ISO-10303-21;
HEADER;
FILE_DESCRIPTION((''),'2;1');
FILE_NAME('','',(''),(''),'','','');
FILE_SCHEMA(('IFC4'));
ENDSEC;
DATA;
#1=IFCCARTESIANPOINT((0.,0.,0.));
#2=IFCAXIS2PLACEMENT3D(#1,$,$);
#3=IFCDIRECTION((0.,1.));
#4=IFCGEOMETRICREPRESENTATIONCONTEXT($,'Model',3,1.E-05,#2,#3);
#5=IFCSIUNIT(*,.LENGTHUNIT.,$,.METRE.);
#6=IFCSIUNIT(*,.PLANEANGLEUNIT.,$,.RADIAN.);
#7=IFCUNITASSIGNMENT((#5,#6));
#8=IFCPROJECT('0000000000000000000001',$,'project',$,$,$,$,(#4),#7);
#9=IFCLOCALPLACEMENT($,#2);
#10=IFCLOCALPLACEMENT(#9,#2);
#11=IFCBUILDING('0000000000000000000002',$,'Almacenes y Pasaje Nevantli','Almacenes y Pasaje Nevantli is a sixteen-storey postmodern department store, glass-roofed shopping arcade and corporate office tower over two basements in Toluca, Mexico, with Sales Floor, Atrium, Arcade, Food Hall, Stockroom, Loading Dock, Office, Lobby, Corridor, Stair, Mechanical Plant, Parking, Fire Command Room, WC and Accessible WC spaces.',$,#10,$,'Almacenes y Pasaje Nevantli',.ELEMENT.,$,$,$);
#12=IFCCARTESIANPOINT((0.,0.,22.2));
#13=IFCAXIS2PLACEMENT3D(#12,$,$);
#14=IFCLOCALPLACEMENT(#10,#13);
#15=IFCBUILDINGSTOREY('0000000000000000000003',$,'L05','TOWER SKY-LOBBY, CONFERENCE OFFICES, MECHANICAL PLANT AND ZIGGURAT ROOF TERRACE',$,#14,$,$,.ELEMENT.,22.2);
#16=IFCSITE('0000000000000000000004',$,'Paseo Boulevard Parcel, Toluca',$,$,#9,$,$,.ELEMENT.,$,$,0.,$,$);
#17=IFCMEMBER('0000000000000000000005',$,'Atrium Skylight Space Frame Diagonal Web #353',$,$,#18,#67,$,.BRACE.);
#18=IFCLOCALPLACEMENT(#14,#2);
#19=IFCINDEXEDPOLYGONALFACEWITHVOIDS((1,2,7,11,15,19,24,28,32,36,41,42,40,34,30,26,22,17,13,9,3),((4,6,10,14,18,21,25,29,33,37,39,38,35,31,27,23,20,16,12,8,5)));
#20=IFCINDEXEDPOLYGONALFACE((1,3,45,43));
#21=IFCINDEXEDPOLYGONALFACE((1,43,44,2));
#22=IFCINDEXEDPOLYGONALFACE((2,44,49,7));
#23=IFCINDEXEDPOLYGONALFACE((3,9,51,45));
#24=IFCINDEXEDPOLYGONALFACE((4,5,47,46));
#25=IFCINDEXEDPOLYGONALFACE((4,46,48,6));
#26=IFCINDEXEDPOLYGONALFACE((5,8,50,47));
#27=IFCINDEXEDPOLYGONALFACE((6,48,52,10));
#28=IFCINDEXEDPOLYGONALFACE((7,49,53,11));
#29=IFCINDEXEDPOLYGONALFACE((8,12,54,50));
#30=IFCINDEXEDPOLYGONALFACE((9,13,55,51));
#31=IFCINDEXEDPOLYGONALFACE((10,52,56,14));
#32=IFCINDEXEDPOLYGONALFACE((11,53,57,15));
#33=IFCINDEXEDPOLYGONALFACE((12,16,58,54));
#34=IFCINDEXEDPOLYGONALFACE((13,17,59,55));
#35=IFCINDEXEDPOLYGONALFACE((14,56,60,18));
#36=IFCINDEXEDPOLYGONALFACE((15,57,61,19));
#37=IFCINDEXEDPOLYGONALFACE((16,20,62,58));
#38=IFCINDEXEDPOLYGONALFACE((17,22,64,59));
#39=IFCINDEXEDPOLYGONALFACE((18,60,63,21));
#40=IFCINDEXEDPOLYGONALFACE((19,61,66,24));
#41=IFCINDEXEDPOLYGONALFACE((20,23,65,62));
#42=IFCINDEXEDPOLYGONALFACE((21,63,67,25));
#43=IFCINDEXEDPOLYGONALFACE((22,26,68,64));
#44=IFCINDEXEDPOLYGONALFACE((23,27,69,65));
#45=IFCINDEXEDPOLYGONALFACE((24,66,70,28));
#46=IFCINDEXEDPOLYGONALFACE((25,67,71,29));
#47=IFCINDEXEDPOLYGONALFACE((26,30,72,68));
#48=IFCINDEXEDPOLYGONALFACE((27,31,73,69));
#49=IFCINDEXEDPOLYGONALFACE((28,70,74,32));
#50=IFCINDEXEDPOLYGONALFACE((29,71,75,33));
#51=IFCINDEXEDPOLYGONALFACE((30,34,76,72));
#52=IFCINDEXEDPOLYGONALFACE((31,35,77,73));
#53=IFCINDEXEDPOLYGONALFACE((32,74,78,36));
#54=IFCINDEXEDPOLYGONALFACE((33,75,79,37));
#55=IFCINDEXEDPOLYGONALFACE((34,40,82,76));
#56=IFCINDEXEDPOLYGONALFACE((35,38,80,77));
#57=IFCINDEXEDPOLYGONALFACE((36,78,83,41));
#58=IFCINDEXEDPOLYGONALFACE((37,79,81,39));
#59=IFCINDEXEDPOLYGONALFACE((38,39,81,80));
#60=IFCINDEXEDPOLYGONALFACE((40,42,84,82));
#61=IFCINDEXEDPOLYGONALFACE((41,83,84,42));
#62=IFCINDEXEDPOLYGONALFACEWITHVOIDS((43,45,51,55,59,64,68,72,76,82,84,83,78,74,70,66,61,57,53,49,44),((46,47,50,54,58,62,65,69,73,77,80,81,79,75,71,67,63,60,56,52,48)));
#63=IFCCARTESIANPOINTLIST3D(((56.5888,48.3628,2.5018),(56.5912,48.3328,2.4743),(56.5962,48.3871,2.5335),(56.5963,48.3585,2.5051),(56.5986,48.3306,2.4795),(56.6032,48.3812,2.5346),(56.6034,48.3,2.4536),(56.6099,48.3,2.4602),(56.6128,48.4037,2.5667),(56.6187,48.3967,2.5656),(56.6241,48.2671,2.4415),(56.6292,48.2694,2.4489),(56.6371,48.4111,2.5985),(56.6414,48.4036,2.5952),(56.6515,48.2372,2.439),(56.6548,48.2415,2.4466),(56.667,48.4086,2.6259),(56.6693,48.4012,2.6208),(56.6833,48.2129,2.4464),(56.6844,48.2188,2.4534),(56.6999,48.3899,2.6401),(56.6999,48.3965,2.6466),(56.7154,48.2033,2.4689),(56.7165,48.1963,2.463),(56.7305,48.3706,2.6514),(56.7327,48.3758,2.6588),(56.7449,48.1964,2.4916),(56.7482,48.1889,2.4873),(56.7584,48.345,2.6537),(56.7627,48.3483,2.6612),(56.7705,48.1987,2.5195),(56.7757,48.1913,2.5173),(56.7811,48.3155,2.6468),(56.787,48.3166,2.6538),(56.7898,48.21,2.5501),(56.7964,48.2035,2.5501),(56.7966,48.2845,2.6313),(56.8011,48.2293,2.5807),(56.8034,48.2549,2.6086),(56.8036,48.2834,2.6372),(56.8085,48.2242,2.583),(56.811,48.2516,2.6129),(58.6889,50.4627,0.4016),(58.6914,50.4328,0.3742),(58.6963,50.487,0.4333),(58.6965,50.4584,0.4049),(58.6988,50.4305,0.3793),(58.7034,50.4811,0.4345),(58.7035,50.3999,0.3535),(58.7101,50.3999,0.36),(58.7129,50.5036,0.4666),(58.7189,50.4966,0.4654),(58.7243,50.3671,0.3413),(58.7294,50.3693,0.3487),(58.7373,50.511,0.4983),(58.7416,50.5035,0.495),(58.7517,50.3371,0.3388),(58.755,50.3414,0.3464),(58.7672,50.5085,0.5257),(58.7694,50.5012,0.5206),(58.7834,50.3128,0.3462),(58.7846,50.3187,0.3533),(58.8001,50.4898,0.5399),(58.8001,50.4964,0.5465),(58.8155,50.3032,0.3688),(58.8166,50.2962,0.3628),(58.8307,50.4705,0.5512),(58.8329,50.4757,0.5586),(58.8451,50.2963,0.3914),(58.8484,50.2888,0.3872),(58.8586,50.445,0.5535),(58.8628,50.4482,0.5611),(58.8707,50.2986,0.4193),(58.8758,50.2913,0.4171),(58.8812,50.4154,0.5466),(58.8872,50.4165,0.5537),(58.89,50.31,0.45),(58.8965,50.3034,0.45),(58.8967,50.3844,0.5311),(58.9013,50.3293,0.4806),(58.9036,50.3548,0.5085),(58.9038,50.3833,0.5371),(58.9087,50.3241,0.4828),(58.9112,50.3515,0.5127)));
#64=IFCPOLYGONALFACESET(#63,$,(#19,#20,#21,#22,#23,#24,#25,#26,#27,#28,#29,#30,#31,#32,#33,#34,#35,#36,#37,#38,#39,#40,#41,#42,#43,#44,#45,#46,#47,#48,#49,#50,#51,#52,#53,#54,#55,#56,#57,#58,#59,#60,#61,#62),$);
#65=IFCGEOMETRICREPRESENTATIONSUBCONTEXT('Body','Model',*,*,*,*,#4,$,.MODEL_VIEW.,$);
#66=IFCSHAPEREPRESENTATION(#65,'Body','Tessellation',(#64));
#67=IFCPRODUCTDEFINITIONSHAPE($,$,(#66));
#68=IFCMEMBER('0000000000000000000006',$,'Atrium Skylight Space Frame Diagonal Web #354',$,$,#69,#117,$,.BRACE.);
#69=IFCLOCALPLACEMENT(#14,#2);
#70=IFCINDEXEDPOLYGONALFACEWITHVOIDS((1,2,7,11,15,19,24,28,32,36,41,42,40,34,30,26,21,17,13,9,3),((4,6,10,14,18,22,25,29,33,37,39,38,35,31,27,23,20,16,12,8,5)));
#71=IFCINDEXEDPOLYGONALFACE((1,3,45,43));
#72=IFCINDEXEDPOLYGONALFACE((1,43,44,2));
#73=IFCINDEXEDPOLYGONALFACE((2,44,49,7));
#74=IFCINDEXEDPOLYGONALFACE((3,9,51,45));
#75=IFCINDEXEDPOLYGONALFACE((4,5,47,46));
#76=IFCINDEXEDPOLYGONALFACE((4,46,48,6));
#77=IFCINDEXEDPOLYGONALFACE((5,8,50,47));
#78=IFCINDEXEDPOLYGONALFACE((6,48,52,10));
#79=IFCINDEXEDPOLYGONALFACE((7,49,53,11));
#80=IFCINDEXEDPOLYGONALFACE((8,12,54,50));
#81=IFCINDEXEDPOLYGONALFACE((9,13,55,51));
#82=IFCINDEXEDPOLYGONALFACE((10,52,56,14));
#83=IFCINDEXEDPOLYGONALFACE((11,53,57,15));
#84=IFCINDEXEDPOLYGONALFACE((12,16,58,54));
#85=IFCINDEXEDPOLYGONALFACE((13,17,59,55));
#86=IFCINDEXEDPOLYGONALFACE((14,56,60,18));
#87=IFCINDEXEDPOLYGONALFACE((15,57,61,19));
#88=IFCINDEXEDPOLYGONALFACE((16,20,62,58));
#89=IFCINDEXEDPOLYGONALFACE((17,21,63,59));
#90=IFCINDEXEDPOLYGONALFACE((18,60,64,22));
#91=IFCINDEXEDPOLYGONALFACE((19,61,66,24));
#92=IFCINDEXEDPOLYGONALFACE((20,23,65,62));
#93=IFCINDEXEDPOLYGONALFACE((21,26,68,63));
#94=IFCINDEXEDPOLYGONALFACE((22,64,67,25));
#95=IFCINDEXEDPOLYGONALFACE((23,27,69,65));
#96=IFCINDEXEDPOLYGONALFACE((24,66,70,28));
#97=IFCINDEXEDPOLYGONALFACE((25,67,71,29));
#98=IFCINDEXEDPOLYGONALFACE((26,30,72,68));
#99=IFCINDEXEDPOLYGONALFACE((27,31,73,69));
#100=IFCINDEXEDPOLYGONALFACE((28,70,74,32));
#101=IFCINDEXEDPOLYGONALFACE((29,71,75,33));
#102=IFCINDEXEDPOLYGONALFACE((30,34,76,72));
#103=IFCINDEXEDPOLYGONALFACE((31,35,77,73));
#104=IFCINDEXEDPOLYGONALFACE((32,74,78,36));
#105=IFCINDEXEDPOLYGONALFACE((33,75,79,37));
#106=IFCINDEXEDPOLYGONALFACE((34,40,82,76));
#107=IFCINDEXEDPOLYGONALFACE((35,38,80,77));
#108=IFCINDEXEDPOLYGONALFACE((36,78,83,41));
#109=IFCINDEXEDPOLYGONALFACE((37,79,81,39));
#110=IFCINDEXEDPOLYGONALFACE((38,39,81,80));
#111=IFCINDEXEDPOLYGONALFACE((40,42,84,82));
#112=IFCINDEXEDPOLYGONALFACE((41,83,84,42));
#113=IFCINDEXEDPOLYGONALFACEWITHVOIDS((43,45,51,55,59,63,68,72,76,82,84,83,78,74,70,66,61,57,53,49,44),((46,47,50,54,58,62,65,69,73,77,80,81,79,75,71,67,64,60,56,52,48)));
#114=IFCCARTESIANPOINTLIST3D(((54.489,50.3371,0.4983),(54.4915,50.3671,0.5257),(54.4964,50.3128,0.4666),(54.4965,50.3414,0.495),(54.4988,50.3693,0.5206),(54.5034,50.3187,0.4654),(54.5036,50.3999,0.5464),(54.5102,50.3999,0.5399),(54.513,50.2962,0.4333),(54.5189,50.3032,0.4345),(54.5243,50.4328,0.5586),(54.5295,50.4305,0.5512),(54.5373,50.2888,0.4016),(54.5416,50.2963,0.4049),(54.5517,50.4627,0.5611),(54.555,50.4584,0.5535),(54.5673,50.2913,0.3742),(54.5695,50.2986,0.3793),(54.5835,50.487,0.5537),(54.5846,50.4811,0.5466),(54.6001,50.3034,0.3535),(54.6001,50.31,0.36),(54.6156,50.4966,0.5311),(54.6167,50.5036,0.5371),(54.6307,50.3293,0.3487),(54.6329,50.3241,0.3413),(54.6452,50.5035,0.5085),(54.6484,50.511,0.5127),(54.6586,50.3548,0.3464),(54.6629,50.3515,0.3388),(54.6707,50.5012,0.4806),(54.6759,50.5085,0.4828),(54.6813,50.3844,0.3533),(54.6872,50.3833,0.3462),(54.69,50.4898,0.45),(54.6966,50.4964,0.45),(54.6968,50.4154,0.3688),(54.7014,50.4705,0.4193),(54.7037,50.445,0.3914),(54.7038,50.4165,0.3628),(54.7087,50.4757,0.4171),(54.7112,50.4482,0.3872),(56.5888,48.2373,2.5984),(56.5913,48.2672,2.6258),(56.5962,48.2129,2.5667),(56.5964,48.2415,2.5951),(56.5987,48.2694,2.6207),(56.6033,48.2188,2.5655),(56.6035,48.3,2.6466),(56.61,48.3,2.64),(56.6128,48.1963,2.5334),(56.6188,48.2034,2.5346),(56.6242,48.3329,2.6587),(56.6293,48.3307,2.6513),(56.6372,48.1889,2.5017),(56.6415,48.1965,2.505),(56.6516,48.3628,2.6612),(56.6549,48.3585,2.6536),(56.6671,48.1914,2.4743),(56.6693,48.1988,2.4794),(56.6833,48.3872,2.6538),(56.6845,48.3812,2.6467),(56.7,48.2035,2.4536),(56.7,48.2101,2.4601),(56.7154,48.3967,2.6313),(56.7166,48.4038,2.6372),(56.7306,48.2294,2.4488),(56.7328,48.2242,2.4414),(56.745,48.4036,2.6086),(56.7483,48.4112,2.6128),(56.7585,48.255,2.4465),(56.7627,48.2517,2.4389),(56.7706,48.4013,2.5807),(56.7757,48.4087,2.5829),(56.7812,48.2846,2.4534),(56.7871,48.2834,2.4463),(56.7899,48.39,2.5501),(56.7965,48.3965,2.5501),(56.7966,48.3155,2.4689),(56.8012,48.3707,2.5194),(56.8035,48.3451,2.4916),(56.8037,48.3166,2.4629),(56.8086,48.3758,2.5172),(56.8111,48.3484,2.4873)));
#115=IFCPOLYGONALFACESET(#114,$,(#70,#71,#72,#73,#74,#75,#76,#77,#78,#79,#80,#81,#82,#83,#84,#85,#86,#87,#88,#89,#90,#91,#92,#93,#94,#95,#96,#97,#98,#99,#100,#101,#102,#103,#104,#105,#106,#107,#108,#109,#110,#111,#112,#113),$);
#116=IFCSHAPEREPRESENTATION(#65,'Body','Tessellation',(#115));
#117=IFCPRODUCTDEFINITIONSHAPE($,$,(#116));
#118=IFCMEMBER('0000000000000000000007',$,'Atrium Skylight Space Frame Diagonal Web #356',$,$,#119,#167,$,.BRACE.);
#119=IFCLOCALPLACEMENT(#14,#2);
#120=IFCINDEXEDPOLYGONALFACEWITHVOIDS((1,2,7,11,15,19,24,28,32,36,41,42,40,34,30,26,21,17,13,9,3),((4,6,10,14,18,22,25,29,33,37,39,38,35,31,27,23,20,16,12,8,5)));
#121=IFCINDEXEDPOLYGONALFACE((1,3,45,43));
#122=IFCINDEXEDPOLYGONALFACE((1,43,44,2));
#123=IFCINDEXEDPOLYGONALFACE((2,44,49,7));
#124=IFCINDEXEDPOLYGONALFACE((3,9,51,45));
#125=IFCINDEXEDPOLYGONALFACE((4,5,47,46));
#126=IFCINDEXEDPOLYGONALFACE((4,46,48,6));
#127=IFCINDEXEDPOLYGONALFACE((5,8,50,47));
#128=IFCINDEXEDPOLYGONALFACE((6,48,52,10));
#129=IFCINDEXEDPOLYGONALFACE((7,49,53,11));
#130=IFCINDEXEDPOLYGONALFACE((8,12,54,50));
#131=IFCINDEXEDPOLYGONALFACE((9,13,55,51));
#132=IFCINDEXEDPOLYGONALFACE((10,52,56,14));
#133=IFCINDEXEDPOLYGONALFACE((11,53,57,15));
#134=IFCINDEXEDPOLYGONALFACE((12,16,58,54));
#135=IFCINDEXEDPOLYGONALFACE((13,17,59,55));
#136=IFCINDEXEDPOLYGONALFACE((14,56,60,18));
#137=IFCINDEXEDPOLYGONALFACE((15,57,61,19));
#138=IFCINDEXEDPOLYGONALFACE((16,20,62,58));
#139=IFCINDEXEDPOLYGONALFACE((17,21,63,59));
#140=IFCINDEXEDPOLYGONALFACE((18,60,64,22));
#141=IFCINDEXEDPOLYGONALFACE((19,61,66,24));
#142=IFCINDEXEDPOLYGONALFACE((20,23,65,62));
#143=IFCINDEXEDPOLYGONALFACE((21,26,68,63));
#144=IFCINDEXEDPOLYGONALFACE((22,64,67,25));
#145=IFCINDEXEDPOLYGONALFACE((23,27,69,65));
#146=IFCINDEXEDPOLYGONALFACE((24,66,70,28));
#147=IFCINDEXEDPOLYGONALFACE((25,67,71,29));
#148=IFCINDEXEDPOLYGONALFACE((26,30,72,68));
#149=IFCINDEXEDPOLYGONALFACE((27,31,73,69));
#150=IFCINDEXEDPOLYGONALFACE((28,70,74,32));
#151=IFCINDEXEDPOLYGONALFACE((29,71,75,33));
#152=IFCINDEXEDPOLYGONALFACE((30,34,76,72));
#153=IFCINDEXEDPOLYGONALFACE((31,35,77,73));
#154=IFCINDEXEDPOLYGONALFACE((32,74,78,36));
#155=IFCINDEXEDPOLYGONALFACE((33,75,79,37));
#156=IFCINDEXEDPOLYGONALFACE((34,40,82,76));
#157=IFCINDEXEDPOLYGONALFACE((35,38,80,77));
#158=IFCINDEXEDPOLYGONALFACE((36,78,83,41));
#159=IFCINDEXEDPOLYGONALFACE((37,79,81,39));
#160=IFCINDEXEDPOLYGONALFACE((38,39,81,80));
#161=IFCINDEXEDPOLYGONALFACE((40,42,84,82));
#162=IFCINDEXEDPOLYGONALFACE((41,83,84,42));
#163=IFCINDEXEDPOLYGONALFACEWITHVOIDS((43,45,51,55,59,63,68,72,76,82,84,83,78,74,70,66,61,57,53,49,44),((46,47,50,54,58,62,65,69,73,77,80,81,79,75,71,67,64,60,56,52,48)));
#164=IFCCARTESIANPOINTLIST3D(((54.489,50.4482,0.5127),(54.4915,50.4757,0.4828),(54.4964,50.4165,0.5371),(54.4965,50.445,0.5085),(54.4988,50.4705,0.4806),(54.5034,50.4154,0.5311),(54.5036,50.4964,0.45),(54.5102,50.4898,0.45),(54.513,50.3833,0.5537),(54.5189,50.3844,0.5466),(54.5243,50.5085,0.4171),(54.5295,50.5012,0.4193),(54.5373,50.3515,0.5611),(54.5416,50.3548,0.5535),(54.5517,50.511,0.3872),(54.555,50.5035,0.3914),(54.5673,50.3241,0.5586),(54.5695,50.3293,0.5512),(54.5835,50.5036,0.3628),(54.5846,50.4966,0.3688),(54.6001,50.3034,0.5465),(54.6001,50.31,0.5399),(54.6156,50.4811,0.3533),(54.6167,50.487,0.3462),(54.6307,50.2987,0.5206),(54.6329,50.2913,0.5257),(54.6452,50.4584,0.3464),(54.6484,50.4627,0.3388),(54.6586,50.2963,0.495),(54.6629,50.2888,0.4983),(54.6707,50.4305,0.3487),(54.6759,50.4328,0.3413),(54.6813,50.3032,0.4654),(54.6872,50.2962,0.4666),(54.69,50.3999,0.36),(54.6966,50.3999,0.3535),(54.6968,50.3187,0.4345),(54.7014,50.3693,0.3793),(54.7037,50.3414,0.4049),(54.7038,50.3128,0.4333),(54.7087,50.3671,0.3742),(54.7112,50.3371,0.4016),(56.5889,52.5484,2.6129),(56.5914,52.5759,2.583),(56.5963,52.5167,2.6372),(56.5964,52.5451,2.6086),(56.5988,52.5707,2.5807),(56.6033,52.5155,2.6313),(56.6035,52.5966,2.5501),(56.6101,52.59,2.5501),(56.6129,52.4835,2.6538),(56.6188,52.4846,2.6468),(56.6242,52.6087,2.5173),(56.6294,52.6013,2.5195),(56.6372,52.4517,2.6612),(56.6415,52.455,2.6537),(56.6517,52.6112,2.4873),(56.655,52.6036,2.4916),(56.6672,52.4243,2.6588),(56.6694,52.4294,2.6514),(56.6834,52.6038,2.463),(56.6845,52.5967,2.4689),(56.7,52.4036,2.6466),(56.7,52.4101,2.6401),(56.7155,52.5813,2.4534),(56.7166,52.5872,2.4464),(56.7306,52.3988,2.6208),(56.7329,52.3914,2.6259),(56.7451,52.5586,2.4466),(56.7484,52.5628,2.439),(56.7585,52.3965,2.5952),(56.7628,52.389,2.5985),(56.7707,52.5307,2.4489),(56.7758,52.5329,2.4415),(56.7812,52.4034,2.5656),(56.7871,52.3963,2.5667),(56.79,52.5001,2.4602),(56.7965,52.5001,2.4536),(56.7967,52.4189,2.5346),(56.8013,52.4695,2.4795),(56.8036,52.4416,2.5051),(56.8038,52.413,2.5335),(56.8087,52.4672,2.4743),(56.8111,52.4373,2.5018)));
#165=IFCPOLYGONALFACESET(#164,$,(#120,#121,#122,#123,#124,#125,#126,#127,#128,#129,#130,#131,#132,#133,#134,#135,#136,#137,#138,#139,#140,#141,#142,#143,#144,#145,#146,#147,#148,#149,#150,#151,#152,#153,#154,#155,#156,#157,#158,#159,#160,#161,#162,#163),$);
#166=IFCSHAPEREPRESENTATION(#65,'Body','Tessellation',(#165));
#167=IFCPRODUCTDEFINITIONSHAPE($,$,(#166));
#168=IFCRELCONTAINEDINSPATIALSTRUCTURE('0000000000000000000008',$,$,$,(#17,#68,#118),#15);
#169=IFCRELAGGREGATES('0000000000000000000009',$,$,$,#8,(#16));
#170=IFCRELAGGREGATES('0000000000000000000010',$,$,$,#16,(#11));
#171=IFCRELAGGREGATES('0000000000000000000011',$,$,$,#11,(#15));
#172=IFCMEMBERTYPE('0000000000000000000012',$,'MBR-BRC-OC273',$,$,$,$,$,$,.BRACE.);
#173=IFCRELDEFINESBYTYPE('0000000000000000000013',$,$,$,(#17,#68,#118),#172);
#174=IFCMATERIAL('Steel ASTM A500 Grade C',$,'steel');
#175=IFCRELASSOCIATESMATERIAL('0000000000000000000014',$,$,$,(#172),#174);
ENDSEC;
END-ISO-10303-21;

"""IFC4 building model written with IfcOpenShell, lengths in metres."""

from ifc_helpers import new_model, si_unit, direction, frame, origin, origin_2d, place, context, subcontext, project, spatial, hollow_circle, extrude, material, material_profile, profile_set, type_object, element, save


model = new_model("IFC4")

# Units and contexts
model_context = context("Model", 3, precision=1e-05, world=origin(), true_north=direction((0.0, 1.0)))
body_context = subcontext(model_context, "Body", "Model", "MODEL_VIEW")
ifc_project = project(units=[si_unit("LENGTHUNIT", "METRE"), si_unit("PLANEANGLEUNIT", "RADIAN")], contexts=[model_context])

# Site, building, storey
site_placement = place(None, origin())
site = spatial("IfcSite", under=ifc_project, at=site_placement, Name="Paseo Boulevard Parcel, Toluca", CompositionType="ELEMENT", RefElevation=0.0)
building_placement = place(site_placement, origin())
building = spatial("IfcBuilding", under=site, at=building_placement, Name="Almacenes y Pasaje Nevantli", Description="Almacenes y Pasaje Nevantli is a sixteen-storey postmodern department store, glass-roofed shopping arcade and corporate office tower over two basements in Toluca, Mexico, with Sales Floor, Atrium, Arcade, Food Hall, Stockroom, Loading Dock, Office, Lobby, Corridor, Stair, Mechanical Plant, Parking, Fire Command Room, WC and Accessible WC spaces.", LongName="Almacenes y Pasaje Nevantli", CompositionType="ELEMENT")
storey_placement = place(building_placement, frame((0.0, 0.0, 22.2)))
storey = spatial("IfcBuildingStorey", under=building, at=storey_placement, Name="L05", Description="TOWER SKY-LOBBY, CONFERENCE OFFICES, MECHANICAL PLANT AND ZIGGURAT ROOF TERRACE", CompositionType="ELEMENT", Elevation=22.2)

# Members
ifc_material_1 = material(Name="Steel ASTM A500 Grade C", Category="steel")
ifc_material_profile_1 = material_profile(ifc_material_1, hollow_circle(Radius=0.1365, WallThickness=0.0093, at=origin_2d()), Name="OC 273x9.3")
ifc_profile_set_1 = profile_set([ifc_material_profile_1], Name="Steel ASTM A500 Grade C")
member_type_1 = type_object("IfcMemberType", Name="MBR-BRC-OC273", PredefinedType="BRACE", material=ifc_profile_set_1)
for number, where, z_axis, x_axis, name in (
    (1, (58.8, 50.3999, 0.45), (-0.577373, -0.577306, 0.577373), (0.707066, -0.707148, 0.0), "Atrium Skylight Space Frame Diagonal Web #353"),
):
    element("IfcMember", number, at=place(storey_placement, frame(where, z_axis=z_axis, x_axis=x_axis)), inside=storey, type_object=member_type_1, Name=name, PredefinedType="BRACE", context=body_context, shape_type="SweptSolid", body=[
        extrude(hollow_circle(Radius=0.1365, WallThickness=0.0093, at=origin_2d()), origin(), (0.0, 0.0, 1.0), 3.6375),
    ])
member_1_placement = place(storey_placement, frame((54.6001, 50.3999, 0.45), z_axis=(0.577328, -0.577328, 0.577395), x_axis=(0.707107, 0.707107, 0.0)))
element("IfcMember", 2, at=member_1_placement, inside=storey, type_object=member_type_1, Name="Atrium Skylight Space Frame Diagonal Web #354", PredefinedType="BRACE", context=body_context, shape_type="SweptSolid", body=[
    extrude(hollow_circle(Radius=0.1365, WallThickness=0.0093, at=origin_2d()), origin(), (0.0, 0.0, 1.0), 3.6372),
])
for number, where, z_axis, x_axis, name in (
    (3, (54.6001, 50.3999, 0.45), (0.577306, 0.577373, 0.577373), (-0.707148, 0.707066, 0.0), "Atrium Skylight Space Frame Diagonal Web #356"),
):
    element("IfcMember", number, at=place(storey_placement, frame(where, z_axis=z_axis, x_axis=x_axis)), inside=storey, type_object=member_type_1, Name=name, PredefinedType="BRACE", context=body_context, shape_type="SweptSolid", body=[
        extrude(hollow_circle(Radius=0.1365, WallThickness=0.0093, at=origin_2d()), origin(), (0.0, 0.0, 1.0), 3.6375),
    ])

save(model, "model.ifc")
